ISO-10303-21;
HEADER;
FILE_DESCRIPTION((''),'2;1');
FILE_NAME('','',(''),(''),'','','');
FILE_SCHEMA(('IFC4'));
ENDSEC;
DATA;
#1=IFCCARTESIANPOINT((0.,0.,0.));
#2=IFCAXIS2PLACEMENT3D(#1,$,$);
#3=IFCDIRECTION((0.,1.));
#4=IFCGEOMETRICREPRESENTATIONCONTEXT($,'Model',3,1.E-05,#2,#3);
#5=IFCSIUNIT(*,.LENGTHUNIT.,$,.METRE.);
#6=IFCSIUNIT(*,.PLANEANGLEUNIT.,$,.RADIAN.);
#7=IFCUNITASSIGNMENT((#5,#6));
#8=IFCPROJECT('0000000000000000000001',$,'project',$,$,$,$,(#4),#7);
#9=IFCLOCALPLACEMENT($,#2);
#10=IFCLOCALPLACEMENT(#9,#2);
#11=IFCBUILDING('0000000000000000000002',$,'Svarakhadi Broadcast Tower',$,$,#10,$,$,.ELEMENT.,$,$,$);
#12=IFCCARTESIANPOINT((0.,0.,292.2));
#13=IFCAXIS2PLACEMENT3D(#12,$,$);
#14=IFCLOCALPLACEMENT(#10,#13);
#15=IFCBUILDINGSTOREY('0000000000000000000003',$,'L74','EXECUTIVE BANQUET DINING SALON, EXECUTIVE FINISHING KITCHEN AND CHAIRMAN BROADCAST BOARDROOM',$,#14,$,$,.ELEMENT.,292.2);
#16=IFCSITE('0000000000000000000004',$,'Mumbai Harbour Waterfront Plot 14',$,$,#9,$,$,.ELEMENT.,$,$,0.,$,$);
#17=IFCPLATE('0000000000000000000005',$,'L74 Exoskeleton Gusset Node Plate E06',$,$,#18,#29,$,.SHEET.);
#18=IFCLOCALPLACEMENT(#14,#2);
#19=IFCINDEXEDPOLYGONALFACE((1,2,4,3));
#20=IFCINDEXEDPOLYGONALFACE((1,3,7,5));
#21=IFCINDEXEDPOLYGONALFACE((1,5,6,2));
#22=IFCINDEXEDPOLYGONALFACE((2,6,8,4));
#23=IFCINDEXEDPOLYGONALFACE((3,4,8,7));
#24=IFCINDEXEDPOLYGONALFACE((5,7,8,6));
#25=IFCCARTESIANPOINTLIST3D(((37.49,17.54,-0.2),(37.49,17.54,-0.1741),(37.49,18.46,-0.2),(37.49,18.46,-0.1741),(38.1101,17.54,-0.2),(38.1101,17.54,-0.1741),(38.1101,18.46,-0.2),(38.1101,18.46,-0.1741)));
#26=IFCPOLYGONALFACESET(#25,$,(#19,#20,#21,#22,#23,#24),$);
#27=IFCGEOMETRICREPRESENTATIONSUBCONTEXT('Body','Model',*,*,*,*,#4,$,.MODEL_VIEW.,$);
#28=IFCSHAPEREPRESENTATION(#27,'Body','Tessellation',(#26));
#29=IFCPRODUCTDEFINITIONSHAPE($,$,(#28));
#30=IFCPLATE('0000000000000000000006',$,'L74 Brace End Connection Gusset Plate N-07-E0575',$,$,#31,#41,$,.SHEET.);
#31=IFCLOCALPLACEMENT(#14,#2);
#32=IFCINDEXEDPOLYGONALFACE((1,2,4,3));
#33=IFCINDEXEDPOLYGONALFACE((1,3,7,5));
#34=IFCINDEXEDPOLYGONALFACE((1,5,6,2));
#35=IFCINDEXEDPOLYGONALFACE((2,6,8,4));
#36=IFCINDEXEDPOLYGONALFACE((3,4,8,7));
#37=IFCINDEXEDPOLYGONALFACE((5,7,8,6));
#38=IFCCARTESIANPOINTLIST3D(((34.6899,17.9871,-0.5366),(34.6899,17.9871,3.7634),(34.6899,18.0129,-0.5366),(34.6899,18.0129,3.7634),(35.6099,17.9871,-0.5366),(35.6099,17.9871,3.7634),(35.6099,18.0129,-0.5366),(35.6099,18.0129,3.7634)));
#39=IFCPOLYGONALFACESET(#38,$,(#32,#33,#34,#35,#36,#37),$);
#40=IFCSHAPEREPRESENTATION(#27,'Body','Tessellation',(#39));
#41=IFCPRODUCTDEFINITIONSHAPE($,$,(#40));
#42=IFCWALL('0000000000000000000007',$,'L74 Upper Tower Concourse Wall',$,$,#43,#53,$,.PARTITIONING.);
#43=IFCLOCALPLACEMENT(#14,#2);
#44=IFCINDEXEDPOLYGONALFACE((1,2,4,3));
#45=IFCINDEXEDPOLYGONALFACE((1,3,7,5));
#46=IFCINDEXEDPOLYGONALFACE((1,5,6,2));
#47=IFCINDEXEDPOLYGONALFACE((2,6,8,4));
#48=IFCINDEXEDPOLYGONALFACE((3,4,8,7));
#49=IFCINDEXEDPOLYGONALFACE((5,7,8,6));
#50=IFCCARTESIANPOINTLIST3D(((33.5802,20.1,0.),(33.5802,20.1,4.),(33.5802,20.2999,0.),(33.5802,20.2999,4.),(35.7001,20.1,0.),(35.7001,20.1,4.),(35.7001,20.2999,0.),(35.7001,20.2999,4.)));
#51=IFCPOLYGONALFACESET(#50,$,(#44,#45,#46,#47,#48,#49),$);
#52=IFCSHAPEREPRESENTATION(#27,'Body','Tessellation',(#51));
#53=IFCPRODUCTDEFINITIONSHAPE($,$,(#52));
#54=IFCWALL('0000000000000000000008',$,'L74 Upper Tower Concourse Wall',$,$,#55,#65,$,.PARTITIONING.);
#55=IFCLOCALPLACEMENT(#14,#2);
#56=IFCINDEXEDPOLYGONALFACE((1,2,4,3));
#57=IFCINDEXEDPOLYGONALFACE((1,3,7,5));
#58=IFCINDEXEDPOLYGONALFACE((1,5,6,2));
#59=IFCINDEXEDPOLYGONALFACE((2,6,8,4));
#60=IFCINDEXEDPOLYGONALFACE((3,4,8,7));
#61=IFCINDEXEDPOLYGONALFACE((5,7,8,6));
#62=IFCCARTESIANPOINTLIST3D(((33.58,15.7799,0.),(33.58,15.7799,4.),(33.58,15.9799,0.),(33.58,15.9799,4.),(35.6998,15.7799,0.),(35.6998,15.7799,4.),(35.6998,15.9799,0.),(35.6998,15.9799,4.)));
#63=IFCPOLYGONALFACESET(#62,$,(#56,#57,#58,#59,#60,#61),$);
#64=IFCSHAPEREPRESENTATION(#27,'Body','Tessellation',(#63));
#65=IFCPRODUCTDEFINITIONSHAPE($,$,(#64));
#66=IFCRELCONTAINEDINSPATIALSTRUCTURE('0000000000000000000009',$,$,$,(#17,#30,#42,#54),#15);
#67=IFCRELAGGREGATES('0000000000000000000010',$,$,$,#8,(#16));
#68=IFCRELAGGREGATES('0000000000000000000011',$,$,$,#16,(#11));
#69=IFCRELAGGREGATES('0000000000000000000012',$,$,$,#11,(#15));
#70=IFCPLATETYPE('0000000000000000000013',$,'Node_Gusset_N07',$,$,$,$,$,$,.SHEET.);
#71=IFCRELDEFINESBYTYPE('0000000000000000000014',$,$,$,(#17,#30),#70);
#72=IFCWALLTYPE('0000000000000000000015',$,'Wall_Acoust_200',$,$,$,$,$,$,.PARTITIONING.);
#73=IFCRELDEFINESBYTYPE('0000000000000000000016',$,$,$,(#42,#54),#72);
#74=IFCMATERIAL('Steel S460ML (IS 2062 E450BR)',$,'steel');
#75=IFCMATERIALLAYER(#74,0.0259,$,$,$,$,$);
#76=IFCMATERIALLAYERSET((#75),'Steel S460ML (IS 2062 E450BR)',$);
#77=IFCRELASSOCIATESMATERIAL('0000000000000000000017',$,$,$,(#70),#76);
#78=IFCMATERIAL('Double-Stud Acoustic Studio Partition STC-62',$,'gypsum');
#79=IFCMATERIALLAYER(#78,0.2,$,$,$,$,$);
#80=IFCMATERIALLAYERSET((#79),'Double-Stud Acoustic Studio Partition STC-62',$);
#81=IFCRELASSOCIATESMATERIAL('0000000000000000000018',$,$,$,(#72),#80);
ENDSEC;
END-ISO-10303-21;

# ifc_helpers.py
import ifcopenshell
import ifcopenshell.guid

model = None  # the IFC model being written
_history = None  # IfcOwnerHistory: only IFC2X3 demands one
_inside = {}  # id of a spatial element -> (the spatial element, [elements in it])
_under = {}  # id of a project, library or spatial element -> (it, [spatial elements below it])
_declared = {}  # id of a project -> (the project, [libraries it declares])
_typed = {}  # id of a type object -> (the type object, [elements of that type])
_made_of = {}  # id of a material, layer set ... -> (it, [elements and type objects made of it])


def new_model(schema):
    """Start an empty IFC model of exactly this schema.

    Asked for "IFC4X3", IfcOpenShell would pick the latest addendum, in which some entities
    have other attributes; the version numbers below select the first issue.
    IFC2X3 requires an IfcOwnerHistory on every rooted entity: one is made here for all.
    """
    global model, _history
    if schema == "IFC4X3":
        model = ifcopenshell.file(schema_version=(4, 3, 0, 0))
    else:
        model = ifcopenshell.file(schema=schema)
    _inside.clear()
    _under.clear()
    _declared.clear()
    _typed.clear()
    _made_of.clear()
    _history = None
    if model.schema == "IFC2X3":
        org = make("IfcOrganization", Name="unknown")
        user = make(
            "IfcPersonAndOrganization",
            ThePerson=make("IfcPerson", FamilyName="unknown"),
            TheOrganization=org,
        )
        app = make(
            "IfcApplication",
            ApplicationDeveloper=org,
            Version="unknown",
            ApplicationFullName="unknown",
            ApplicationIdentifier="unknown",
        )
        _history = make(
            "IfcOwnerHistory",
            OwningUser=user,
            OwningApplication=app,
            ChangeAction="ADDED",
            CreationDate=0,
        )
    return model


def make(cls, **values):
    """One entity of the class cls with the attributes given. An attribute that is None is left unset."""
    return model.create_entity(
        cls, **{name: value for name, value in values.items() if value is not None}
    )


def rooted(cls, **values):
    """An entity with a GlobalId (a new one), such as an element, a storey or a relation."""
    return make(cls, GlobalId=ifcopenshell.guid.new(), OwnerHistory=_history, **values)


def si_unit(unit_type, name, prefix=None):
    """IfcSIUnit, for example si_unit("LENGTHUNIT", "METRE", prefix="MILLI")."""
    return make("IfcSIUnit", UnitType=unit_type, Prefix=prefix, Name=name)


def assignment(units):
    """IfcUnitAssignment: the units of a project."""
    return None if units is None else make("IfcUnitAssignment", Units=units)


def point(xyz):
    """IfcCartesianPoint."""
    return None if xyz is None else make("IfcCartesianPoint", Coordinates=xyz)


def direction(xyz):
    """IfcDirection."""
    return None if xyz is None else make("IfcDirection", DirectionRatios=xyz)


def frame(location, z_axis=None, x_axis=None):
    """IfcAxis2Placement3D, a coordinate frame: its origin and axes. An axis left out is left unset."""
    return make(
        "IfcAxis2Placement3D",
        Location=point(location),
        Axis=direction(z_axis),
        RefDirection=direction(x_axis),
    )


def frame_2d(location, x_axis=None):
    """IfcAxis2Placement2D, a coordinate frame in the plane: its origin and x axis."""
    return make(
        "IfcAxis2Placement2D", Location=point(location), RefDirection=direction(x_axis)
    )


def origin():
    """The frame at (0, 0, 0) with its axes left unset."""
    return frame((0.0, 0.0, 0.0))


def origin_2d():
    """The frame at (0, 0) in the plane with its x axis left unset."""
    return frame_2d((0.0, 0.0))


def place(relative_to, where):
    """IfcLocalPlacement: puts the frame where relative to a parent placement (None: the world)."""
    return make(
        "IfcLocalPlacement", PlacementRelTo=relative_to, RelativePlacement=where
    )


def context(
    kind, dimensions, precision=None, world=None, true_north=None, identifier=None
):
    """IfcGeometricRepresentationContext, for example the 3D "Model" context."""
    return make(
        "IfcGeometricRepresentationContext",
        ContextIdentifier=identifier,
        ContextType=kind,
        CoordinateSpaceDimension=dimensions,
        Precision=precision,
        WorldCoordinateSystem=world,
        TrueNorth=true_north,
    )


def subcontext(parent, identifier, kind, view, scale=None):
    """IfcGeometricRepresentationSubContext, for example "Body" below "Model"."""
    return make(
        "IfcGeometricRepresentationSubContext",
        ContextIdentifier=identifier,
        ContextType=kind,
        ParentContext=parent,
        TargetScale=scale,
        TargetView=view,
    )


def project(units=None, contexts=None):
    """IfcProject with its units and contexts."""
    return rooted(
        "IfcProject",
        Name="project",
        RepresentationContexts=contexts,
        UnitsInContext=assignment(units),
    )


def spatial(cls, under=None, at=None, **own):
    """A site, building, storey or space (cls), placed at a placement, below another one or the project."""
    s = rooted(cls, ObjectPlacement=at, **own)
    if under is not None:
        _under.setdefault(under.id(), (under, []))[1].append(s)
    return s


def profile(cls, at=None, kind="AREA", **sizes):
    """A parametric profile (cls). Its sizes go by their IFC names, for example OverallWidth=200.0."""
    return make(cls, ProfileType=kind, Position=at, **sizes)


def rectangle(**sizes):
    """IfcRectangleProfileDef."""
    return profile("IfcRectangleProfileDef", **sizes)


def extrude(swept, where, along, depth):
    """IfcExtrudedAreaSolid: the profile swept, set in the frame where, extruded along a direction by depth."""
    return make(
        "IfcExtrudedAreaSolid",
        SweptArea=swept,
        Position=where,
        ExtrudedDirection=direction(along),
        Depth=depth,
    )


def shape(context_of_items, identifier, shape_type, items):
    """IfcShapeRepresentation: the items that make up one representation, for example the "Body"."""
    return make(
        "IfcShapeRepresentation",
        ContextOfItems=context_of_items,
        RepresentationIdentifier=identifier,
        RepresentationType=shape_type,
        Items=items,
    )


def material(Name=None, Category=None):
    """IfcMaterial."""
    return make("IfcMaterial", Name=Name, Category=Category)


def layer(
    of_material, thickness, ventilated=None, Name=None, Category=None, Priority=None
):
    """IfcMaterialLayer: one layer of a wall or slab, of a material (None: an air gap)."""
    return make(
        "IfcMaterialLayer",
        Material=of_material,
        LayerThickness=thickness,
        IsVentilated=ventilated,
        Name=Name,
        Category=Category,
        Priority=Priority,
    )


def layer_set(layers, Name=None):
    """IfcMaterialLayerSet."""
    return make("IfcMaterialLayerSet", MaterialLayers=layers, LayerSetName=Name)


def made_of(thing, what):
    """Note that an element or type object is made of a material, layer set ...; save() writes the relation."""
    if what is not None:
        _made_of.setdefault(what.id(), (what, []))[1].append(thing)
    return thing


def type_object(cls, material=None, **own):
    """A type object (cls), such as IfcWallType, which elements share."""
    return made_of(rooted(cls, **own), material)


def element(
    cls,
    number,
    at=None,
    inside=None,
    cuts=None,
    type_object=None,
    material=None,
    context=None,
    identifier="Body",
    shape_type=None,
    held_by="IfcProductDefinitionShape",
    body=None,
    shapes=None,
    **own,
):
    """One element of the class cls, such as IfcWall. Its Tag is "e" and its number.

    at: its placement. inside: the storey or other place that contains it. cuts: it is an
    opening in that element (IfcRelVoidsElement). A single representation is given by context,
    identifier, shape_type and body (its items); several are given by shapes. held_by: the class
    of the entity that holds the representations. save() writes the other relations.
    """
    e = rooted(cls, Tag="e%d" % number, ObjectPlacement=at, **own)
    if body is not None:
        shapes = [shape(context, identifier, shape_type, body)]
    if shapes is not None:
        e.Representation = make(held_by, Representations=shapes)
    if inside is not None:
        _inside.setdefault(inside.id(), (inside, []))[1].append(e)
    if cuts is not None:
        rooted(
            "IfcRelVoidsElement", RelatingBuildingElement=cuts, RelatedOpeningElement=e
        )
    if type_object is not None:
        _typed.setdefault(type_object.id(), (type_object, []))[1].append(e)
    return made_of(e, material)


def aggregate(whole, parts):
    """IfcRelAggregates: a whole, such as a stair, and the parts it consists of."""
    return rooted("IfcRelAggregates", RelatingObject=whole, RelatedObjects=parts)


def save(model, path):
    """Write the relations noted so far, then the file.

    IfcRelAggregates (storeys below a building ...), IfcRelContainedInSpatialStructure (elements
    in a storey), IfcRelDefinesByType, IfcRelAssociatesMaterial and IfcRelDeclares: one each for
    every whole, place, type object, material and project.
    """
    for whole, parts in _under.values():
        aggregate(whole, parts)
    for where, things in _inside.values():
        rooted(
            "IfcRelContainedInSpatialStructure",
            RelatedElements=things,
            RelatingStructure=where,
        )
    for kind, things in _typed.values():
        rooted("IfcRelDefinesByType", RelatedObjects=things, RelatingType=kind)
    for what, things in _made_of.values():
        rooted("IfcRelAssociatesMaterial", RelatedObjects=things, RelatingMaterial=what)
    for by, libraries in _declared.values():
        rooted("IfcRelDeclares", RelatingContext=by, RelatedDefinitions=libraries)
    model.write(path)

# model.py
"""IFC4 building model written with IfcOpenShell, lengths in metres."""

from ifc_helpers import new_model, si_unit, direction, frame, frame_2d, origin, origin_2d, place, context, subcontext, project, spatial, rectangle, extrude, material, layer, layer_set, type_object, element, save


model = new_model("IFC4")

# Units and contexts
model_context = context("Model", 3, precision=1e-05, world=origin(), true_north=direction((0.0, 1.0)))
body_context = subcontext(model_context, "Body", "Model", "MODEL_VIEW")
ifc_project = project(units=[si_unit("LENGTHUNIT", "METRE"), si_unit("PLANEANGLEUNIT", "RADIAN")], contexts=[model_context])

# Site, building, storey
site_placement = place(None, origin())
site = spatial("IfcSite", under=ifc_project, at=site_placement, Name="Mumbai Harbour Waterfront Plot 14", CompositionType="ELEMENT", RefElevation=0.0)
building_placement = place(site_placement, origin())
building = spatial("IfcBuilding", under=site, at=building_placement, Name="Svarakhadi Broadcast Tower", CompositionType="ELEMENT")
storey_placement = place(building_placement, frame((0.0, 0.0, 292.2)))
storey = spatial("IfcBuildingStorey", under=building, at=storey_placement, Name="L74", Description="EXECUTIVE BANQUET DINING SALON, EXECUTIVE FINISHING KITCHEN AND CHAIRMAN BROADCAST BOARDROOM", CompositionType="ELEMENT", Elevation=292.2)

# Shared definitions
ifc_material_1 = material(Name="Steel S460ML (IS 2062 E450BR)", Category="steel")

# Plates
ifc_layer_1 = layer(ifc_material_1, 0.0259)
ifc_layer_set_1 = layer_set([ifc_layer_1], Name="Steel S460ML (IS 2062 E450BR)")
plate_type_1 = type_object("IfcPlateType", Name="Node_Gusset_N07", PredefinedType="SHEET", material=ifc_layer_set_1)
plate_1_placement = place(storey_placement, frame((37.8, 18.0, -0.2), z_axis=(0.0, 0.0, 1.0), x_axis=(0.0, 1.0, 0.0)))
element("IfcPlate", 1, at=plate_1_placement, inside=storey, type_object=plate_type_1, Name="L74 Exoskeleton Gusset Node Plate E06", PredefinedType="SHEET", context=body_context, shape_type="SweptSolid", body=[
    extrude(rectangle(XDim=0.9199, YDim=0.6201, at=origin_2d()), origin(), (0.0, 0.0, 1.0), 0.0259),
])
plate_2_placement = place(storey_placement, frame((35.1499, 18.0, -0.5366), z_axis=(0.0, 0.0, 1.0), x_axis=(1.0, 0.0, 0.0)))
element("IfcPlate", 2, at=plate_2_placement, inside=storey, type_object=plate_type_1, Name="L74 Brace End Connection Gusset Plate N-07-E0575", PredefinedType="SHEET", context=body_context, shape_type="SweptSolid", body=[
    extrude(rectangle(XDim=0.9199, YDim=0.0259, at=origin_2d()), origin(), (0.0, 0.0, 1.0), 4.3),
])

# Walls
ifc_material_2 = material(Name="Double-Stud Acoustic Studio Partition STC-62", Category="gypsum")
ifc_layer_2 = layer(ifc_material_2, 0.2)
ifc_layer_set_2 = layer_set([ifc_layer_2], Name="Double-Stud Acoustic Studio Partition STC-62")
wall_type = type_object("IfcWallType", Name="Wall_Acoust_200", PredefinedType="PARTITIONING", material=ifc_layer_set_2)
for number, where, z_axis, x_axis, name in (
    (3, (33.5801, 20.2, 0.0), (0.0, 0.0, 1.0), (1.0, 0.0, 0.0), "L74 Upper Tower Concourse Wall"),
    (4, (35.7, 15.8799, 0.0), (0.0, 0.0, 1.0), (-1.0, 0.0, 0.0), "L74 Upper Tower Concourse Wall"),
):
    element("IfcWall", number, at=place(storey_placement, frame(where, z_axis=z_axis, x_axis=x_axis)), inside=storey, type_object=wall_type, Name=name, PredefinedType="PARTITIONING", context=body_context, shape_type="SweptSolid", body=[
        extrude(rectangle(XDim=2.1199, YDim=0.2, at=frame_2d((1.0601, 0.0))), origin(), (0.0, 0.0, 1.0), 4.0),
    ])

save(model, "model.ifc")
